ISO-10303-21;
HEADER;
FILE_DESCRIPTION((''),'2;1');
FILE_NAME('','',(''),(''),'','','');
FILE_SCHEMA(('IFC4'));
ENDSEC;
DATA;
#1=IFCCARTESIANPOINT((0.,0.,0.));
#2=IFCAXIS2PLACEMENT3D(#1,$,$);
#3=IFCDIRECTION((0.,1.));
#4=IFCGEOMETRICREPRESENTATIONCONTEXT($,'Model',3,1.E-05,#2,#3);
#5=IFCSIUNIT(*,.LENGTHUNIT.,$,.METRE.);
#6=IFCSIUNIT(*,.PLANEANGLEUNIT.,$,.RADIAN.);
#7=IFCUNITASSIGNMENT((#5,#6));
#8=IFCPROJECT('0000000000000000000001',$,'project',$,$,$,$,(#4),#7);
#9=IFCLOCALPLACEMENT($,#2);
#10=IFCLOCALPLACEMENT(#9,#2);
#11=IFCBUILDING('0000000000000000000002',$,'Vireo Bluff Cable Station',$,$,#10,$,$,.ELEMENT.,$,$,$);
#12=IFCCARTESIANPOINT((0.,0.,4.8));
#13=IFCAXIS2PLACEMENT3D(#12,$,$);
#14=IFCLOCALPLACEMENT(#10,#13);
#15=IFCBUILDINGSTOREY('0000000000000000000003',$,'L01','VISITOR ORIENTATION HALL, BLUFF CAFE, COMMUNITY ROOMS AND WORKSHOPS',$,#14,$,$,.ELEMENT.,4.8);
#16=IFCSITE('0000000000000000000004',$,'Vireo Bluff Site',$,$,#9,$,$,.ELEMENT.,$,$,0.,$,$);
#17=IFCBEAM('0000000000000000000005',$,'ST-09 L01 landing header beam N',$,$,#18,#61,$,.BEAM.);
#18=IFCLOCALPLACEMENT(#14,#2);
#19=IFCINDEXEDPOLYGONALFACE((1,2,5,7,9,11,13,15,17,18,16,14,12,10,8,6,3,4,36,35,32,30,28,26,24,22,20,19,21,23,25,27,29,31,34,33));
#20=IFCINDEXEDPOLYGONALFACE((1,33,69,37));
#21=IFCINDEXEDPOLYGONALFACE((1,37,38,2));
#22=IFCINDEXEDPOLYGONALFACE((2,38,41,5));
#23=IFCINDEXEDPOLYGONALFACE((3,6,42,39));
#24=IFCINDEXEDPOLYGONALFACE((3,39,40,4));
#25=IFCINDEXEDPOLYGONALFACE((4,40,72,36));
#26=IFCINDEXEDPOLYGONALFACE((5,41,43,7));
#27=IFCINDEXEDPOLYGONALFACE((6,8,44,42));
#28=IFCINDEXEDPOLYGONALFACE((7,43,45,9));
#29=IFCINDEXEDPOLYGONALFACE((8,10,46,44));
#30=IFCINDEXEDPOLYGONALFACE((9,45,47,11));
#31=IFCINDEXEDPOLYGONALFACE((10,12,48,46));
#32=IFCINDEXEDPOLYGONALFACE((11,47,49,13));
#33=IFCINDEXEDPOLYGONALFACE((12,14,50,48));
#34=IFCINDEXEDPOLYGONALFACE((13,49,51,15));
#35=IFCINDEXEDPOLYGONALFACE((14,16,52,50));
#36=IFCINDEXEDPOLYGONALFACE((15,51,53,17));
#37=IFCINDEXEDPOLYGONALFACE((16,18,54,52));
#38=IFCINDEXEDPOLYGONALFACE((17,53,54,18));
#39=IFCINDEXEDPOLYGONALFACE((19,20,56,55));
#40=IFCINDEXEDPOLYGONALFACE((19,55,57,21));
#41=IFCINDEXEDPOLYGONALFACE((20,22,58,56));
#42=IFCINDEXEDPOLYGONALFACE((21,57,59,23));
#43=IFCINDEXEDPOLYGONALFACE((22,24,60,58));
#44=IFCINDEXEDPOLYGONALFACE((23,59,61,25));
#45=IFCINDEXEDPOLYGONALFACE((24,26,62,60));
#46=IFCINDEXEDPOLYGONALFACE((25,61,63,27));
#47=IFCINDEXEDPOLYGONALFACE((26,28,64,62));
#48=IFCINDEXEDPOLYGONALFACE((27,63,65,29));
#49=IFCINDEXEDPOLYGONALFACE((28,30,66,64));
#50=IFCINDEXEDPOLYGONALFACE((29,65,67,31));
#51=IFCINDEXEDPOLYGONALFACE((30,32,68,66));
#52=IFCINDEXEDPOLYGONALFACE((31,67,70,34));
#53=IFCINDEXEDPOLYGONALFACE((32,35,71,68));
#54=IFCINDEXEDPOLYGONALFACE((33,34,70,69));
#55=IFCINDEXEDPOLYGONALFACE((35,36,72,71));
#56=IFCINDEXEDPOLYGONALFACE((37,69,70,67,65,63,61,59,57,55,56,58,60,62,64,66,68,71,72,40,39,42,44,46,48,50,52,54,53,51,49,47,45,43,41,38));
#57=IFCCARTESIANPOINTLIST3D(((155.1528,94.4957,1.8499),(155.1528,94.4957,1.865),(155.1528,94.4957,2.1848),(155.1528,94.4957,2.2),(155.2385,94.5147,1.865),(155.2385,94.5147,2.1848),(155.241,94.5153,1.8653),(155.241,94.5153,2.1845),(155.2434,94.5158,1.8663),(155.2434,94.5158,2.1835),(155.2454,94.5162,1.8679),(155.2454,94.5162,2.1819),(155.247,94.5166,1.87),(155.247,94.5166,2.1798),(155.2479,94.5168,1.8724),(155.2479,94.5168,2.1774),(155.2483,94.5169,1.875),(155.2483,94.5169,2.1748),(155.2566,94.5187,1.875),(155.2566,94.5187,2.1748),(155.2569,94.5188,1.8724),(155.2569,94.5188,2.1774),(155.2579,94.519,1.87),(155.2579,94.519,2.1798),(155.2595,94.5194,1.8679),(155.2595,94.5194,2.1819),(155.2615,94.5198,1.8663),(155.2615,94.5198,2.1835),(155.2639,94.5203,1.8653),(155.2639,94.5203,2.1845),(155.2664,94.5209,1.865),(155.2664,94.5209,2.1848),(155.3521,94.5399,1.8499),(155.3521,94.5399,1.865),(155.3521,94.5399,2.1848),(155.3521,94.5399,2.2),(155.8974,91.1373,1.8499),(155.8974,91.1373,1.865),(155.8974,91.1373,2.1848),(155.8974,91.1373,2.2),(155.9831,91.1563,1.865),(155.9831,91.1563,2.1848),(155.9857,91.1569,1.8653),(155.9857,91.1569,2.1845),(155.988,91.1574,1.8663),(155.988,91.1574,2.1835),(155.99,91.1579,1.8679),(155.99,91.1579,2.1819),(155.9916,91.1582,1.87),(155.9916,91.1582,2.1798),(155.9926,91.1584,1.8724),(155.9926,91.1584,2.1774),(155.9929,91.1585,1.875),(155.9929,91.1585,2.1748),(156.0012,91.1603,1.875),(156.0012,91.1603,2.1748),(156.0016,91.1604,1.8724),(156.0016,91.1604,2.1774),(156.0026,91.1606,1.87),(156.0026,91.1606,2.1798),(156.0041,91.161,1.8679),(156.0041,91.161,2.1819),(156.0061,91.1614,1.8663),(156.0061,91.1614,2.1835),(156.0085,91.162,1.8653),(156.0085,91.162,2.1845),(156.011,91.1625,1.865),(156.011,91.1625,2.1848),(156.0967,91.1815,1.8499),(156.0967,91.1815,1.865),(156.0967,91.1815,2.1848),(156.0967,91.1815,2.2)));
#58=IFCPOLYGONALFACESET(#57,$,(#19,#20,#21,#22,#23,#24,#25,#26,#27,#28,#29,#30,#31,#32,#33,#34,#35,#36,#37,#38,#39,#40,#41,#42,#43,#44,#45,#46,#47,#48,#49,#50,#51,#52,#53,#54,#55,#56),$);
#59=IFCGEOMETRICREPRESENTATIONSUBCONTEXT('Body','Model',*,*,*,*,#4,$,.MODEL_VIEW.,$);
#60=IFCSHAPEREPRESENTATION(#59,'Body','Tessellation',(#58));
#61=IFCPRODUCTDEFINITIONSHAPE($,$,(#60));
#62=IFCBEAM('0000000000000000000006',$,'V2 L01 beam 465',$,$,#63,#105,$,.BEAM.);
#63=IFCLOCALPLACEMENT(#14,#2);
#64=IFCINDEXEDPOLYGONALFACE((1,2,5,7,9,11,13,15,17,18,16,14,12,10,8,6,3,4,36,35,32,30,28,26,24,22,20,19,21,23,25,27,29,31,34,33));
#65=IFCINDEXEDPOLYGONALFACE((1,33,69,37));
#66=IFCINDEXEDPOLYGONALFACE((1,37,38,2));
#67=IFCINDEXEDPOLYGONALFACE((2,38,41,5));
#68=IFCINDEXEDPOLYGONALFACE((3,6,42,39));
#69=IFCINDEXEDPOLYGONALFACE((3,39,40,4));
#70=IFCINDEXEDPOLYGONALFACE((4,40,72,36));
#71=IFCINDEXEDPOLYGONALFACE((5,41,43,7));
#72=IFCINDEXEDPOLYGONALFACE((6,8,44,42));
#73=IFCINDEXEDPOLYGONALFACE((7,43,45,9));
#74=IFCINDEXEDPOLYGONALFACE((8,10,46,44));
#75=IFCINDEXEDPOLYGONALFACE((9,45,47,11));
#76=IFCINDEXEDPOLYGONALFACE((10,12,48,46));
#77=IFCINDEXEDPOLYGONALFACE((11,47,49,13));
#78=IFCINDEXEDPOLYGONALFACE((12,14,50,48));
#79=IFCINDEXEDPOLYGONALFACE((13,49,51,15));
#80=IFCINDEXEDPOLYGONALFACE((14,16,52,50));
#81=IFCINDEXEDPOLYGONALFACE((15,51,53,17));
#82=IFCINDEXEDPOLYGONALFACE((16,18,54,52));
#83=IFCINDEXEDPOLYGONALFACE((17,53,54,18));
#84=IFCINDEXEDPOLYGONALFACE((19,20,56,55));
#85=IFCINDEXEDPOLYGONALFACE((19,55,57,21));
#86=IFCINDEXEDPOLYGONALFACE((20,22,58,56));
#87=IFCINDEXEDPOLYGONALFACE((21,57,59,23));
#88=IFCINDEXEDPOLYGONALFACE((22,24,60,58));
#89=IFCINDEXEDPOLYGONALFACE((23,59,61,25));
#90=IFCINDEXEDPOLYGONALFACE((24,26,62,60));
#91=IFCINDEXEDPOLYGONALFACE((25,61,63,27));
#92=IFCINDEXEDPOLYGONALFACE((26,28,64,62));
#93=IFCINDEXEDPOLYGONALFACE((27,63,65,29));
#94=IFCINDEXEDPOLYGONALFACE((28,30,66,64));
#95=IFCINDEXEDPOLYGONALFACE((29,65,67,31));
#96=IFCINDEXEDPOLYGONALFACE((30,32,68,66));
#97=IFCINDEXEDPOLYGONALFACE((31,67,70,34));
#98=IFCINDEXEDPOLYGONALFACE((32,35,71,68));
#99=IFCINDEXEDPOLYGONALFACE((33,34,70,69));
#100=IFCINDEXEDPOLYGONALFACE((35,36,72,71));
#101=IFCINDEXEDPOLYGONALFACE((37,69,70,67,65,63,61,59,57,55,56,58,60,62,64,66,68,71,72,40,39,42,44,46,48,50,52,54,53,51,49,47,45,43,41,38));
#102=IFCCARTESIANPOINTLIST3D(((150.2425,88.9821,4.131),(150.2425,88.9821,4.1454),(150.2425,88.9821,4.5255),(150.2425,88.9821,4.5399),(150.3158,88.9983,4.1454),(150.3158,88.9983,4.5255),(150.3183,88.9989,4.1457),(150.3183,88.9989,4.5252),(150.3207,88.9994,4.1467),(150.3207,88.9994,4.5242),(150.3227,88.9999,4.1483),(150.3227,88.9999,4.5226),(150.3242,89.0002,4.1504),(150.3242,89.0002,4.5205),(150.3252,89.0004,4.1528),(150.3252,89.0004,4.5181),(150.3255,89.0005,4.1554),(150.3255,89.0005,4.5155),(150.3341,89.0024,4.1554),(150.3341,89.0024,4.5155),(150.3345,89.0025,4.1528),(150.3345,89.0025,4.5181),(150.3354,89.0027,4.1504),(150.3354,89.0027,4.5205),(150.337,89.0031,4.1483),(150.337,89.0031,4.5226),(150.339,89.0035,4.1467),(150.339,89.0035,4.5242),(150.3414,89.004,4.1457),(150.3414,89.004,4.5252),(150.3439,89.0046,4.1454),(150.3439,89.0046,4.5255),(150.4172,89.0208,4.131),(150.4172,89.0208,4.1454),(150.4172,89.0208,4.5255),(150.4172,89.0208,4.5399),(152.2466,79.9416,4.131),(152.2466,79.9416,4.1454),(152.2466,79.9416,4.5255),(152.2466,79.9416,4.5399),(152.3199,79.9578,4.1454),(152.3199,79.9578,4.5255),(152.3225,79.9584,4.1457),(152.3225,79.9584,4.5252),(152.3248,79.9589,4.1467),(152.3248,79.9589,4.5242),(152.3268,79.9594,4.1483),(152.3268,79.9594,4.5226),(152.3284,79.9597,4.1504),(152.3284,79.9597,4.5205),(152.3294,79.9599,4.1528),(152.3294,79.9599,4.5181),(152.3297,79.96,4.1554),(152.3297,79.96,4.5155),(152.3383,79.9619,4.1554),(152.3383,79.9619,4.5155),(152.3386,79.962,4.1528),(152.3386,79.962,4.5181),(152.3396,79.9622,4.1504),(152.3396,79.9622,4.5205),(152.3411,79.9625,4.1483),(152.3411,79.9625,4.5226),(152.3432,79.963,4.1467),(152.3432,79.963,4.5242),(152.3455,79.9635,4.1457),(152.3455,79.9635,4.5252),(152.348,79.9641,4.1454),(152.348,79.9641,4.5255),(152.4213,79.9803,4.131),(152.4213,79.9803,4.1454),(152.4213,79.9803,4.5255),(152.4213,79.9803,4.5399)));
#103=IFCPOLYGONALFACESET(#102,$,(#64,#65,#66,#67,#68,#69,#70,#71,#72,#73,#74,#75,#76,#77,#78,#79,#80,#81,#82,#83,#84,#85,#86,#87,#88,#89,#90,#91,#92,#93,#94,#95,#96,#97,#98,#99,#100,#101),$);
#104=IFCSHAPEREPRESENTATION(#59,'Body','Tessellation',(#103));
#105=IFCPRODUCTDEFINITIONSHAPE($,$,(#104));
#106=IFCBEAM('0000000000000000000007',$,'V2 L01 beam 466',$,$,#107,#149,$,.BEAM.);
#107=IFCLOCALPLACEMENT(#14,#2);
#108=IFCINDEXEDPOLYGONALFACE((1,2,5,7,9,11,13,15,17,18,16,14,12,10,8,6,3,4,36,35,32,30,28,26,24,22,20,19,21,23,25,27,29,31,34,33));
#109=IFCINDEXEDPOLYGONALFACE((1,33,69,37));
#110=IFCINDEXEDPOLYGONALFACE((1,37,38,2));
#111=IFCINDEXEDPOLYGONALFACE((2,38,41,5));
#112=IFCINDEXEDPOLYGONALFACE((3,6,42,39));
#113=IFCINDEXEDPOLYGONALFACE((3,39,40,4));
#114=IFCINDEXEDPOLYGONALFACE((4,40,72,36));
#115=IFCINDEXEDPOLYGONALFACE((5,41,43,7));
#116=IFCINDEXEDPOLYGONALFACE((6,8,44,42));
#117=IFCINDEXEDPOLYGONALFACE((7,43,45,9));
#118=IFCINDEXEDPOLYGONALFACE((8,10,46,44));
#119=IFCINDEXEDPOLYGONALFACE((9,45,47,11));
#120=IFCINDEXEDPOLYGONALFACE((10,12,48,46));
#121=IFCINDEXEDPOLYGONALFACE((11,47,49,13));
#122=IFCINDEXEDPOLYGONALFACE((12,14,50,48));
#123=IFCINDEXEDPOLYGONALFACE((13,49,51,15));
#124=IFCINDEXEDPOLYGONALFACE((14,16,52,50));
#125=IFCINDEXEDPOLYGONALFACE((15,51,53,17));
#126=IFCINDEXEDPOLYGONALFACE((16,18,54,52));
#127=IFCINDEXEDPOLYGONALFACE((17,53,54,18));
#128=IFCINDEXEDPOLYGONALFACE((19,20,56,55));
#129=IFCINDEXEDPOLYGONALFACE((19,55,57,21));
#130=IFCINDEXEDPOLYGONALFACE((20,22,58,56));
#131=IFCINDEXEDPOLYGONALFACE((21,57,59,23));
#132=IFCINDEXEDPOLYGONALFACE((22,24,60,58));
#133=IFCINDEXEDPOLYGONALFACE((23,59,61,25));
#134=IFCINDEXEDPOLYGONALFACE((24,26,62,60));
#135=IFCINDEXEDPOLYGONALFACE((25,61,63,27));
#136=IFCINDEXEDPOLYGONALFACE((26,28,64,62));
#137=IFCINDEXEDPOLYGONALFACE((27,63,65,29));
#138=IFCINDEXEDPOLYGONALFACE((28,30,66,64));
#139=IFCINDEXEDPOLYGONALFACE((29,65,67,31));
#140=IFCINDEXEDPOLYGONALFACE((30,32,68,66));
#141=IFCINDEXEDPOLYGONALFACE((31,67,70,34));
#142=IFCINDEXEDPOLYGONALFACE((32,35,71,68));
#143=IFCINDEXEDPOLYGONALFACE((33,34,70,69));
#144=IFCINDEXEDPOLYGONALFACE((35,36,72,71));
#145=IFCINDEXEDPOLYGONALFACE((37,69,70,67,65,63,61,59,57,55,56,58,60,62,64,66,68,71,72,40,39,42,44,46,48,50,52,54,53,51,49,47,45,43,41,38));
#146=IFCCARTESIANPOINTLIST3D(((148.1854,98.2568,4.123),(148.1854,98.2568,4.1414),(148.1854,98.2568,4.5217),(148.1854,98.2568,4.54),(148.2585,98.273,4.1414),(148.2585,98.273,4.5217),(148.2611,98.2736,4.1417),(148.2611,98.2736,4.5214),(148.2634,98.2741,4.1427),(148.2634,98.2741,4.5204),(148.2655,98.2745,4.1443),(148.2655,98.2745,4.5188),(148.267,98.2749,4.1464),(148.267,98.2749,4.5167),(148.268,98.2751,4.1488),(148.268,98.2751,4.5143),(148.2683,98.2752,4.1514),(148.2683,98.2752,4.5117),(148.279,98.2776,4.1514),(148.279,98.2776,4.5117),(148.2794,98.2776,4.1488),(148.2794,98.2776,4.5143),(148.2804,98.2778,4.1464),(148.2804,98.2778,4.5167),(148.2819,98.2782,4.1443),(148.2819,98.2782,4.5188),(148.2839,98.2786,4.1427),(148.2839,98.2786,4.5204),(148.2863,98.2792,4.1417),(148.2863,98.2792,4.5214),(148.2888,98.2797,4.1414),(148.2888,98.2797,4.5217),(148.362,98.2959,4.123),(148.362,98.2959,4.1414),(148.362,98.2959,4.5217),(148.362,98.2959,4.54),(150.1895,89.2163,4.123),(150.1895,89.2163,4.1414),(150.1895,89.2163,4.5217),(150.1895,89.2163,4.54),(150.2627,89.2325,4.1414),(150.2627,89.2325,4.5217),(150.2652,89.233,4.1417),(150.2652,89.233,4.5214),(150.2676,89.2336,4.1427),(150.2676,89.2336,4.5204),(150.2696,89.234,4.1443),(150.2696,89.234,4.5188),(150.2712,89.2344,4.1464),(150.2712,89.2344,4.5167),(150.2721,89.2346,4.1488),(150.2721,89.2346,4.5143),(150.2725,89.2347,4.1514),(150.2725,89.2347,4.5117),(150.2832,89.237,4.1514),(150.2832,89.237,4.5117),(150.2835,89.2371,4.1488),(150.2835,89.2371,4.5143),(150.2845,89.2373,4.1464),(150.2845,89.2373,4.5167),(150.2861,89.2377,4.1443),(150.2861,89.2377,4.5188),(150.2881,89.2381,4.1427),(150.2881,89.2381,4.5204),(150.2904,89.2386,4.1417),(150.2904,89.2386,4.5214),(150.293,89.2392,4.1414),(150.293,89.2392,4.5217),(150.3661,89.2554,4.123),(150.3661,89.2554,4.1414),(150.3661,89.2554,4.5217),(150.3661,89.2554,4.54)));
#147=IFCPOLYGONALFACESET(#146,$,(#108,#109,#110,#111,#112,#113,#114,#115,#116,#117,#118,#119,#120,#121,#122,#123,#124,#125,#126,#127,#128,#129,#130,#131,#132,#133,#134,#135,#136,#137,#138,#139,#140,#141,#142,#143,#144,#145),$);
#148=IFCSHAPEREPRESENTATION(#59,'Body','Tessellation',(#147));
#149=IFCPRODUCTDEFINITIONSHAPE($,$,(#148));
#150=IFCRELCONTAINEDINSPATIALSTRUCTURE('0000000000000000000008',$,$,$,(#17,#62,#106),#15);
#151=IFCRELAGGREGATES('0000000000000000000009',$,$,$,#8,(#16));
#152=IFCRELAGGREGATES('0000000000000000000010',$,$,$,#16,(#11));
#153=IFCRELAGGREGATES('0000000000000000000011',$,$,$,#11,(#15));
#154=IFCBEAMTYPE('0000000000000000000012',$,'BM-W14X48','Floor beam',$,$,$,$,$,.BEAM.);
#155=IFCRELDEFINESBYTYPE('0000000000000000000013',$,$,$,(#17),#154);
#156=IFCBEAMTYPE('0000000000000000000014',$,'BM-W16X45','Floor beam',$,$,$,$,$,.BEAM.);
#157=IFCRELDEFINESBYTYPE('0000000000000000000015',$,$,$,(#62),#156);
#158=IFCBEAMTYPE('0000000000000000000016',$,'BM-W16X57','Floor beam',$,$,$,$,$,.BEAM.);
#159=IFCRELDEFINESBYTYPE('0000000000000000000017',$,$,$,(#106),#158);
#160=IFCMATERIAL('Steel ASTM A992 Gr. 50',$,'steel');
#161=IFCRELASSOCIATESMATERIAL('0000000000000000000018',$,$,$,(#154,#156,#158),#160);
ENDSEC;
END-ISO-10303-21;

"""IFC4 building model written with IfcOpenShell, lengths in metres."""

from ifc_helpers import new_model, si_unit, direction, frame, origin, origin_2d, place, context, subcontext, project, spatial, i_section, extrude, material, material_profile, profile_set, type_object, element, save


model = new_model("IFC4")

# Units and contexts
model_context = context("Model", 3, precision=1e-05, world=origin(), true_north=direction((0.0, 1.0)))
body_context = subcontext(model_context, "Body", "Model", "MODEL_VIEW")
ifc_project = project(units=[si_unit("LENGTHUNIT", "METRE"), si_unit("PLANEANGLEUNIT", "RADIAN")], contexts=[model_context])

# Site, building, storey
site_placement = place(None, origin())
site = spatial("IfcSite", under=ifc_project, at=site_placement, Name="Vireo Bluff Site", CompositionType="ELEMENT", RefElevation=0.0)
building_placement = place(site_placement, origin())
building = spatial("IfcBuilding", under=site, at=building_placement, Name="Vireo Bluff Cable Station", CompositionType="ELEMENT")
storey_placement = place(building_placement, frame((0.0, 0.0, 4.8)))
storey = spatial("IfcBuildingStorey", under=building, at=storey_placement, Name="L01", Description="VISITOR ORIENTATION HALL, BLUFF CAFE, COMMUNITY ROOMS AND WORKSHOPS", CompositionType="ELEMENT", Elevation=4.8)

# Shared definitions
ifc_material_1 = material(Name="Steel ASTM A992 Gr. 50", Category="steel")

# Beams
ifc_material_profile_1 = material_profile(ifc_material_1, i_section(OverallWidth=0.2041, OverallDepth=0.3501, WebThickness=0.0085, FlangeThickness=0.0151, FilletRadius=0.01, at=origin_2d()), Name="W14X48")
ifc_profile_set_1 = profile_set([ifc_material_profile_1], Name="Steel ASTM A992 Gr. 50")
beam_type_1 = type_object("IfcBeamType", Name="BM-W14X48", Description="Floor beam", PredefinedType="BEAM", material=ifc_profile_set_1)
beam_1_placement = place(storey_placement, frame((155.9971, 91.1594, 2.0249), z_axis=(-0.216465, 0.97629, 0.0), x_axis=(-0.97629, -0.216465, 0.0)))
element("IfcBeam", 1, at=beam_1_placement, inside=storey, type_object=beam_type_1, Name="ST-09 L01 landing header beam N", PredefinedType="BEAM", context=body_context, shape_type="SweptSolid", body=[
    extrude(i_section(OverallWidth=0.2041, OverallDepth=0.3501, WebThickness=0.0085, FlangeThickness=0.0151, FilletRadius=0.01, at=origin_2d()), origin(), (0.0, 0.0, 1.0), 3.4399),
])
ifc_material_profile_2 = material_profile(ifc_material_1, i_section(OverallWidth=0.179, OverallDepth=0.4089, WebThickness=0.0088, FlangeThickness=0.0144, FilletRadius=0.01, at=origin_2d()), Name="W16X45")
ifc_profile_set_2 = profile_set([ifc_material_profile_2], Name="Steel ASTM A992 Gr. 50")
beam_type_2 = type_object("IfcBeamType", Name="BM-W16X45", Description="Floor beam", PredefinedType="BEAM", material=ifc_profile_set_2)
beam_2_placement = place(storey_placement, frame((152.334, 79.9609, 4.3354), z_axis=(-0.216431, 0.976298, 0.0), x_axis=(-0.976298, -0.216431, 0.0)))
element("IfcBeam", 2, at=beam_2_placement, inside=storey, type_object=beam_type_2, Name="V2 L01 beam 465", PredefinedType="BEAM", context=body_context, shape_type="SweptSolid", body=[
    extrude(i_section(OverallWidth=0.179, OverallDepth=0.4089, WebThickness=0.0088, FlangeThickness=0.0144, FilletRadius=0.01, at=origin_2d()), origin(), (0.0, 0.0, 1.0), 9.26),
])
ifc_material_profile_3 = material_profile(ifc_material_1, i_section(OverallWidth=0.1809, OverallDepth=0.417, WebThickness=0.011, FlangeThickness=0.0183, FilletRadius=0.01, at=origin_2d()), Name="W16X57")
ifc_profile_set_3 = profile_set([ifc_material_profile_3], Name="Steel ASTM A992 Gr. 50")
beam_type_3 = type_object("IfcBeamType", Name="BM-W16X57", Description="Floor beam", PredefinedType="BEAM", material=ifc_profile_set_3)
beam_3_placement = place(storey_placement, frame((150.2778, 89.2358, 4.3315), z_axis=(-0.216431, 0.976298, 0.0), x_axis=(-0.976298, -0.216431, 0.0)))
element("IfcBeam", 3, at=beam_3_placement, inside=storey, type_object=beam_type_3, Name="V2 L01 beam 466", PredefinedType="BEAM", context=body_context, shape_type="SweptSolid", body=[
    extrude(i_section(OverallWidth=0.1809, OverallDepth=0.417, WebThickness=0.011, FlangeThickness=0.0183, FilletRadius=0.01, at=origin_2d()), origin(), (0.0, 0.0, 1.0), 9.26),
])

save(model, "model.ifc")
